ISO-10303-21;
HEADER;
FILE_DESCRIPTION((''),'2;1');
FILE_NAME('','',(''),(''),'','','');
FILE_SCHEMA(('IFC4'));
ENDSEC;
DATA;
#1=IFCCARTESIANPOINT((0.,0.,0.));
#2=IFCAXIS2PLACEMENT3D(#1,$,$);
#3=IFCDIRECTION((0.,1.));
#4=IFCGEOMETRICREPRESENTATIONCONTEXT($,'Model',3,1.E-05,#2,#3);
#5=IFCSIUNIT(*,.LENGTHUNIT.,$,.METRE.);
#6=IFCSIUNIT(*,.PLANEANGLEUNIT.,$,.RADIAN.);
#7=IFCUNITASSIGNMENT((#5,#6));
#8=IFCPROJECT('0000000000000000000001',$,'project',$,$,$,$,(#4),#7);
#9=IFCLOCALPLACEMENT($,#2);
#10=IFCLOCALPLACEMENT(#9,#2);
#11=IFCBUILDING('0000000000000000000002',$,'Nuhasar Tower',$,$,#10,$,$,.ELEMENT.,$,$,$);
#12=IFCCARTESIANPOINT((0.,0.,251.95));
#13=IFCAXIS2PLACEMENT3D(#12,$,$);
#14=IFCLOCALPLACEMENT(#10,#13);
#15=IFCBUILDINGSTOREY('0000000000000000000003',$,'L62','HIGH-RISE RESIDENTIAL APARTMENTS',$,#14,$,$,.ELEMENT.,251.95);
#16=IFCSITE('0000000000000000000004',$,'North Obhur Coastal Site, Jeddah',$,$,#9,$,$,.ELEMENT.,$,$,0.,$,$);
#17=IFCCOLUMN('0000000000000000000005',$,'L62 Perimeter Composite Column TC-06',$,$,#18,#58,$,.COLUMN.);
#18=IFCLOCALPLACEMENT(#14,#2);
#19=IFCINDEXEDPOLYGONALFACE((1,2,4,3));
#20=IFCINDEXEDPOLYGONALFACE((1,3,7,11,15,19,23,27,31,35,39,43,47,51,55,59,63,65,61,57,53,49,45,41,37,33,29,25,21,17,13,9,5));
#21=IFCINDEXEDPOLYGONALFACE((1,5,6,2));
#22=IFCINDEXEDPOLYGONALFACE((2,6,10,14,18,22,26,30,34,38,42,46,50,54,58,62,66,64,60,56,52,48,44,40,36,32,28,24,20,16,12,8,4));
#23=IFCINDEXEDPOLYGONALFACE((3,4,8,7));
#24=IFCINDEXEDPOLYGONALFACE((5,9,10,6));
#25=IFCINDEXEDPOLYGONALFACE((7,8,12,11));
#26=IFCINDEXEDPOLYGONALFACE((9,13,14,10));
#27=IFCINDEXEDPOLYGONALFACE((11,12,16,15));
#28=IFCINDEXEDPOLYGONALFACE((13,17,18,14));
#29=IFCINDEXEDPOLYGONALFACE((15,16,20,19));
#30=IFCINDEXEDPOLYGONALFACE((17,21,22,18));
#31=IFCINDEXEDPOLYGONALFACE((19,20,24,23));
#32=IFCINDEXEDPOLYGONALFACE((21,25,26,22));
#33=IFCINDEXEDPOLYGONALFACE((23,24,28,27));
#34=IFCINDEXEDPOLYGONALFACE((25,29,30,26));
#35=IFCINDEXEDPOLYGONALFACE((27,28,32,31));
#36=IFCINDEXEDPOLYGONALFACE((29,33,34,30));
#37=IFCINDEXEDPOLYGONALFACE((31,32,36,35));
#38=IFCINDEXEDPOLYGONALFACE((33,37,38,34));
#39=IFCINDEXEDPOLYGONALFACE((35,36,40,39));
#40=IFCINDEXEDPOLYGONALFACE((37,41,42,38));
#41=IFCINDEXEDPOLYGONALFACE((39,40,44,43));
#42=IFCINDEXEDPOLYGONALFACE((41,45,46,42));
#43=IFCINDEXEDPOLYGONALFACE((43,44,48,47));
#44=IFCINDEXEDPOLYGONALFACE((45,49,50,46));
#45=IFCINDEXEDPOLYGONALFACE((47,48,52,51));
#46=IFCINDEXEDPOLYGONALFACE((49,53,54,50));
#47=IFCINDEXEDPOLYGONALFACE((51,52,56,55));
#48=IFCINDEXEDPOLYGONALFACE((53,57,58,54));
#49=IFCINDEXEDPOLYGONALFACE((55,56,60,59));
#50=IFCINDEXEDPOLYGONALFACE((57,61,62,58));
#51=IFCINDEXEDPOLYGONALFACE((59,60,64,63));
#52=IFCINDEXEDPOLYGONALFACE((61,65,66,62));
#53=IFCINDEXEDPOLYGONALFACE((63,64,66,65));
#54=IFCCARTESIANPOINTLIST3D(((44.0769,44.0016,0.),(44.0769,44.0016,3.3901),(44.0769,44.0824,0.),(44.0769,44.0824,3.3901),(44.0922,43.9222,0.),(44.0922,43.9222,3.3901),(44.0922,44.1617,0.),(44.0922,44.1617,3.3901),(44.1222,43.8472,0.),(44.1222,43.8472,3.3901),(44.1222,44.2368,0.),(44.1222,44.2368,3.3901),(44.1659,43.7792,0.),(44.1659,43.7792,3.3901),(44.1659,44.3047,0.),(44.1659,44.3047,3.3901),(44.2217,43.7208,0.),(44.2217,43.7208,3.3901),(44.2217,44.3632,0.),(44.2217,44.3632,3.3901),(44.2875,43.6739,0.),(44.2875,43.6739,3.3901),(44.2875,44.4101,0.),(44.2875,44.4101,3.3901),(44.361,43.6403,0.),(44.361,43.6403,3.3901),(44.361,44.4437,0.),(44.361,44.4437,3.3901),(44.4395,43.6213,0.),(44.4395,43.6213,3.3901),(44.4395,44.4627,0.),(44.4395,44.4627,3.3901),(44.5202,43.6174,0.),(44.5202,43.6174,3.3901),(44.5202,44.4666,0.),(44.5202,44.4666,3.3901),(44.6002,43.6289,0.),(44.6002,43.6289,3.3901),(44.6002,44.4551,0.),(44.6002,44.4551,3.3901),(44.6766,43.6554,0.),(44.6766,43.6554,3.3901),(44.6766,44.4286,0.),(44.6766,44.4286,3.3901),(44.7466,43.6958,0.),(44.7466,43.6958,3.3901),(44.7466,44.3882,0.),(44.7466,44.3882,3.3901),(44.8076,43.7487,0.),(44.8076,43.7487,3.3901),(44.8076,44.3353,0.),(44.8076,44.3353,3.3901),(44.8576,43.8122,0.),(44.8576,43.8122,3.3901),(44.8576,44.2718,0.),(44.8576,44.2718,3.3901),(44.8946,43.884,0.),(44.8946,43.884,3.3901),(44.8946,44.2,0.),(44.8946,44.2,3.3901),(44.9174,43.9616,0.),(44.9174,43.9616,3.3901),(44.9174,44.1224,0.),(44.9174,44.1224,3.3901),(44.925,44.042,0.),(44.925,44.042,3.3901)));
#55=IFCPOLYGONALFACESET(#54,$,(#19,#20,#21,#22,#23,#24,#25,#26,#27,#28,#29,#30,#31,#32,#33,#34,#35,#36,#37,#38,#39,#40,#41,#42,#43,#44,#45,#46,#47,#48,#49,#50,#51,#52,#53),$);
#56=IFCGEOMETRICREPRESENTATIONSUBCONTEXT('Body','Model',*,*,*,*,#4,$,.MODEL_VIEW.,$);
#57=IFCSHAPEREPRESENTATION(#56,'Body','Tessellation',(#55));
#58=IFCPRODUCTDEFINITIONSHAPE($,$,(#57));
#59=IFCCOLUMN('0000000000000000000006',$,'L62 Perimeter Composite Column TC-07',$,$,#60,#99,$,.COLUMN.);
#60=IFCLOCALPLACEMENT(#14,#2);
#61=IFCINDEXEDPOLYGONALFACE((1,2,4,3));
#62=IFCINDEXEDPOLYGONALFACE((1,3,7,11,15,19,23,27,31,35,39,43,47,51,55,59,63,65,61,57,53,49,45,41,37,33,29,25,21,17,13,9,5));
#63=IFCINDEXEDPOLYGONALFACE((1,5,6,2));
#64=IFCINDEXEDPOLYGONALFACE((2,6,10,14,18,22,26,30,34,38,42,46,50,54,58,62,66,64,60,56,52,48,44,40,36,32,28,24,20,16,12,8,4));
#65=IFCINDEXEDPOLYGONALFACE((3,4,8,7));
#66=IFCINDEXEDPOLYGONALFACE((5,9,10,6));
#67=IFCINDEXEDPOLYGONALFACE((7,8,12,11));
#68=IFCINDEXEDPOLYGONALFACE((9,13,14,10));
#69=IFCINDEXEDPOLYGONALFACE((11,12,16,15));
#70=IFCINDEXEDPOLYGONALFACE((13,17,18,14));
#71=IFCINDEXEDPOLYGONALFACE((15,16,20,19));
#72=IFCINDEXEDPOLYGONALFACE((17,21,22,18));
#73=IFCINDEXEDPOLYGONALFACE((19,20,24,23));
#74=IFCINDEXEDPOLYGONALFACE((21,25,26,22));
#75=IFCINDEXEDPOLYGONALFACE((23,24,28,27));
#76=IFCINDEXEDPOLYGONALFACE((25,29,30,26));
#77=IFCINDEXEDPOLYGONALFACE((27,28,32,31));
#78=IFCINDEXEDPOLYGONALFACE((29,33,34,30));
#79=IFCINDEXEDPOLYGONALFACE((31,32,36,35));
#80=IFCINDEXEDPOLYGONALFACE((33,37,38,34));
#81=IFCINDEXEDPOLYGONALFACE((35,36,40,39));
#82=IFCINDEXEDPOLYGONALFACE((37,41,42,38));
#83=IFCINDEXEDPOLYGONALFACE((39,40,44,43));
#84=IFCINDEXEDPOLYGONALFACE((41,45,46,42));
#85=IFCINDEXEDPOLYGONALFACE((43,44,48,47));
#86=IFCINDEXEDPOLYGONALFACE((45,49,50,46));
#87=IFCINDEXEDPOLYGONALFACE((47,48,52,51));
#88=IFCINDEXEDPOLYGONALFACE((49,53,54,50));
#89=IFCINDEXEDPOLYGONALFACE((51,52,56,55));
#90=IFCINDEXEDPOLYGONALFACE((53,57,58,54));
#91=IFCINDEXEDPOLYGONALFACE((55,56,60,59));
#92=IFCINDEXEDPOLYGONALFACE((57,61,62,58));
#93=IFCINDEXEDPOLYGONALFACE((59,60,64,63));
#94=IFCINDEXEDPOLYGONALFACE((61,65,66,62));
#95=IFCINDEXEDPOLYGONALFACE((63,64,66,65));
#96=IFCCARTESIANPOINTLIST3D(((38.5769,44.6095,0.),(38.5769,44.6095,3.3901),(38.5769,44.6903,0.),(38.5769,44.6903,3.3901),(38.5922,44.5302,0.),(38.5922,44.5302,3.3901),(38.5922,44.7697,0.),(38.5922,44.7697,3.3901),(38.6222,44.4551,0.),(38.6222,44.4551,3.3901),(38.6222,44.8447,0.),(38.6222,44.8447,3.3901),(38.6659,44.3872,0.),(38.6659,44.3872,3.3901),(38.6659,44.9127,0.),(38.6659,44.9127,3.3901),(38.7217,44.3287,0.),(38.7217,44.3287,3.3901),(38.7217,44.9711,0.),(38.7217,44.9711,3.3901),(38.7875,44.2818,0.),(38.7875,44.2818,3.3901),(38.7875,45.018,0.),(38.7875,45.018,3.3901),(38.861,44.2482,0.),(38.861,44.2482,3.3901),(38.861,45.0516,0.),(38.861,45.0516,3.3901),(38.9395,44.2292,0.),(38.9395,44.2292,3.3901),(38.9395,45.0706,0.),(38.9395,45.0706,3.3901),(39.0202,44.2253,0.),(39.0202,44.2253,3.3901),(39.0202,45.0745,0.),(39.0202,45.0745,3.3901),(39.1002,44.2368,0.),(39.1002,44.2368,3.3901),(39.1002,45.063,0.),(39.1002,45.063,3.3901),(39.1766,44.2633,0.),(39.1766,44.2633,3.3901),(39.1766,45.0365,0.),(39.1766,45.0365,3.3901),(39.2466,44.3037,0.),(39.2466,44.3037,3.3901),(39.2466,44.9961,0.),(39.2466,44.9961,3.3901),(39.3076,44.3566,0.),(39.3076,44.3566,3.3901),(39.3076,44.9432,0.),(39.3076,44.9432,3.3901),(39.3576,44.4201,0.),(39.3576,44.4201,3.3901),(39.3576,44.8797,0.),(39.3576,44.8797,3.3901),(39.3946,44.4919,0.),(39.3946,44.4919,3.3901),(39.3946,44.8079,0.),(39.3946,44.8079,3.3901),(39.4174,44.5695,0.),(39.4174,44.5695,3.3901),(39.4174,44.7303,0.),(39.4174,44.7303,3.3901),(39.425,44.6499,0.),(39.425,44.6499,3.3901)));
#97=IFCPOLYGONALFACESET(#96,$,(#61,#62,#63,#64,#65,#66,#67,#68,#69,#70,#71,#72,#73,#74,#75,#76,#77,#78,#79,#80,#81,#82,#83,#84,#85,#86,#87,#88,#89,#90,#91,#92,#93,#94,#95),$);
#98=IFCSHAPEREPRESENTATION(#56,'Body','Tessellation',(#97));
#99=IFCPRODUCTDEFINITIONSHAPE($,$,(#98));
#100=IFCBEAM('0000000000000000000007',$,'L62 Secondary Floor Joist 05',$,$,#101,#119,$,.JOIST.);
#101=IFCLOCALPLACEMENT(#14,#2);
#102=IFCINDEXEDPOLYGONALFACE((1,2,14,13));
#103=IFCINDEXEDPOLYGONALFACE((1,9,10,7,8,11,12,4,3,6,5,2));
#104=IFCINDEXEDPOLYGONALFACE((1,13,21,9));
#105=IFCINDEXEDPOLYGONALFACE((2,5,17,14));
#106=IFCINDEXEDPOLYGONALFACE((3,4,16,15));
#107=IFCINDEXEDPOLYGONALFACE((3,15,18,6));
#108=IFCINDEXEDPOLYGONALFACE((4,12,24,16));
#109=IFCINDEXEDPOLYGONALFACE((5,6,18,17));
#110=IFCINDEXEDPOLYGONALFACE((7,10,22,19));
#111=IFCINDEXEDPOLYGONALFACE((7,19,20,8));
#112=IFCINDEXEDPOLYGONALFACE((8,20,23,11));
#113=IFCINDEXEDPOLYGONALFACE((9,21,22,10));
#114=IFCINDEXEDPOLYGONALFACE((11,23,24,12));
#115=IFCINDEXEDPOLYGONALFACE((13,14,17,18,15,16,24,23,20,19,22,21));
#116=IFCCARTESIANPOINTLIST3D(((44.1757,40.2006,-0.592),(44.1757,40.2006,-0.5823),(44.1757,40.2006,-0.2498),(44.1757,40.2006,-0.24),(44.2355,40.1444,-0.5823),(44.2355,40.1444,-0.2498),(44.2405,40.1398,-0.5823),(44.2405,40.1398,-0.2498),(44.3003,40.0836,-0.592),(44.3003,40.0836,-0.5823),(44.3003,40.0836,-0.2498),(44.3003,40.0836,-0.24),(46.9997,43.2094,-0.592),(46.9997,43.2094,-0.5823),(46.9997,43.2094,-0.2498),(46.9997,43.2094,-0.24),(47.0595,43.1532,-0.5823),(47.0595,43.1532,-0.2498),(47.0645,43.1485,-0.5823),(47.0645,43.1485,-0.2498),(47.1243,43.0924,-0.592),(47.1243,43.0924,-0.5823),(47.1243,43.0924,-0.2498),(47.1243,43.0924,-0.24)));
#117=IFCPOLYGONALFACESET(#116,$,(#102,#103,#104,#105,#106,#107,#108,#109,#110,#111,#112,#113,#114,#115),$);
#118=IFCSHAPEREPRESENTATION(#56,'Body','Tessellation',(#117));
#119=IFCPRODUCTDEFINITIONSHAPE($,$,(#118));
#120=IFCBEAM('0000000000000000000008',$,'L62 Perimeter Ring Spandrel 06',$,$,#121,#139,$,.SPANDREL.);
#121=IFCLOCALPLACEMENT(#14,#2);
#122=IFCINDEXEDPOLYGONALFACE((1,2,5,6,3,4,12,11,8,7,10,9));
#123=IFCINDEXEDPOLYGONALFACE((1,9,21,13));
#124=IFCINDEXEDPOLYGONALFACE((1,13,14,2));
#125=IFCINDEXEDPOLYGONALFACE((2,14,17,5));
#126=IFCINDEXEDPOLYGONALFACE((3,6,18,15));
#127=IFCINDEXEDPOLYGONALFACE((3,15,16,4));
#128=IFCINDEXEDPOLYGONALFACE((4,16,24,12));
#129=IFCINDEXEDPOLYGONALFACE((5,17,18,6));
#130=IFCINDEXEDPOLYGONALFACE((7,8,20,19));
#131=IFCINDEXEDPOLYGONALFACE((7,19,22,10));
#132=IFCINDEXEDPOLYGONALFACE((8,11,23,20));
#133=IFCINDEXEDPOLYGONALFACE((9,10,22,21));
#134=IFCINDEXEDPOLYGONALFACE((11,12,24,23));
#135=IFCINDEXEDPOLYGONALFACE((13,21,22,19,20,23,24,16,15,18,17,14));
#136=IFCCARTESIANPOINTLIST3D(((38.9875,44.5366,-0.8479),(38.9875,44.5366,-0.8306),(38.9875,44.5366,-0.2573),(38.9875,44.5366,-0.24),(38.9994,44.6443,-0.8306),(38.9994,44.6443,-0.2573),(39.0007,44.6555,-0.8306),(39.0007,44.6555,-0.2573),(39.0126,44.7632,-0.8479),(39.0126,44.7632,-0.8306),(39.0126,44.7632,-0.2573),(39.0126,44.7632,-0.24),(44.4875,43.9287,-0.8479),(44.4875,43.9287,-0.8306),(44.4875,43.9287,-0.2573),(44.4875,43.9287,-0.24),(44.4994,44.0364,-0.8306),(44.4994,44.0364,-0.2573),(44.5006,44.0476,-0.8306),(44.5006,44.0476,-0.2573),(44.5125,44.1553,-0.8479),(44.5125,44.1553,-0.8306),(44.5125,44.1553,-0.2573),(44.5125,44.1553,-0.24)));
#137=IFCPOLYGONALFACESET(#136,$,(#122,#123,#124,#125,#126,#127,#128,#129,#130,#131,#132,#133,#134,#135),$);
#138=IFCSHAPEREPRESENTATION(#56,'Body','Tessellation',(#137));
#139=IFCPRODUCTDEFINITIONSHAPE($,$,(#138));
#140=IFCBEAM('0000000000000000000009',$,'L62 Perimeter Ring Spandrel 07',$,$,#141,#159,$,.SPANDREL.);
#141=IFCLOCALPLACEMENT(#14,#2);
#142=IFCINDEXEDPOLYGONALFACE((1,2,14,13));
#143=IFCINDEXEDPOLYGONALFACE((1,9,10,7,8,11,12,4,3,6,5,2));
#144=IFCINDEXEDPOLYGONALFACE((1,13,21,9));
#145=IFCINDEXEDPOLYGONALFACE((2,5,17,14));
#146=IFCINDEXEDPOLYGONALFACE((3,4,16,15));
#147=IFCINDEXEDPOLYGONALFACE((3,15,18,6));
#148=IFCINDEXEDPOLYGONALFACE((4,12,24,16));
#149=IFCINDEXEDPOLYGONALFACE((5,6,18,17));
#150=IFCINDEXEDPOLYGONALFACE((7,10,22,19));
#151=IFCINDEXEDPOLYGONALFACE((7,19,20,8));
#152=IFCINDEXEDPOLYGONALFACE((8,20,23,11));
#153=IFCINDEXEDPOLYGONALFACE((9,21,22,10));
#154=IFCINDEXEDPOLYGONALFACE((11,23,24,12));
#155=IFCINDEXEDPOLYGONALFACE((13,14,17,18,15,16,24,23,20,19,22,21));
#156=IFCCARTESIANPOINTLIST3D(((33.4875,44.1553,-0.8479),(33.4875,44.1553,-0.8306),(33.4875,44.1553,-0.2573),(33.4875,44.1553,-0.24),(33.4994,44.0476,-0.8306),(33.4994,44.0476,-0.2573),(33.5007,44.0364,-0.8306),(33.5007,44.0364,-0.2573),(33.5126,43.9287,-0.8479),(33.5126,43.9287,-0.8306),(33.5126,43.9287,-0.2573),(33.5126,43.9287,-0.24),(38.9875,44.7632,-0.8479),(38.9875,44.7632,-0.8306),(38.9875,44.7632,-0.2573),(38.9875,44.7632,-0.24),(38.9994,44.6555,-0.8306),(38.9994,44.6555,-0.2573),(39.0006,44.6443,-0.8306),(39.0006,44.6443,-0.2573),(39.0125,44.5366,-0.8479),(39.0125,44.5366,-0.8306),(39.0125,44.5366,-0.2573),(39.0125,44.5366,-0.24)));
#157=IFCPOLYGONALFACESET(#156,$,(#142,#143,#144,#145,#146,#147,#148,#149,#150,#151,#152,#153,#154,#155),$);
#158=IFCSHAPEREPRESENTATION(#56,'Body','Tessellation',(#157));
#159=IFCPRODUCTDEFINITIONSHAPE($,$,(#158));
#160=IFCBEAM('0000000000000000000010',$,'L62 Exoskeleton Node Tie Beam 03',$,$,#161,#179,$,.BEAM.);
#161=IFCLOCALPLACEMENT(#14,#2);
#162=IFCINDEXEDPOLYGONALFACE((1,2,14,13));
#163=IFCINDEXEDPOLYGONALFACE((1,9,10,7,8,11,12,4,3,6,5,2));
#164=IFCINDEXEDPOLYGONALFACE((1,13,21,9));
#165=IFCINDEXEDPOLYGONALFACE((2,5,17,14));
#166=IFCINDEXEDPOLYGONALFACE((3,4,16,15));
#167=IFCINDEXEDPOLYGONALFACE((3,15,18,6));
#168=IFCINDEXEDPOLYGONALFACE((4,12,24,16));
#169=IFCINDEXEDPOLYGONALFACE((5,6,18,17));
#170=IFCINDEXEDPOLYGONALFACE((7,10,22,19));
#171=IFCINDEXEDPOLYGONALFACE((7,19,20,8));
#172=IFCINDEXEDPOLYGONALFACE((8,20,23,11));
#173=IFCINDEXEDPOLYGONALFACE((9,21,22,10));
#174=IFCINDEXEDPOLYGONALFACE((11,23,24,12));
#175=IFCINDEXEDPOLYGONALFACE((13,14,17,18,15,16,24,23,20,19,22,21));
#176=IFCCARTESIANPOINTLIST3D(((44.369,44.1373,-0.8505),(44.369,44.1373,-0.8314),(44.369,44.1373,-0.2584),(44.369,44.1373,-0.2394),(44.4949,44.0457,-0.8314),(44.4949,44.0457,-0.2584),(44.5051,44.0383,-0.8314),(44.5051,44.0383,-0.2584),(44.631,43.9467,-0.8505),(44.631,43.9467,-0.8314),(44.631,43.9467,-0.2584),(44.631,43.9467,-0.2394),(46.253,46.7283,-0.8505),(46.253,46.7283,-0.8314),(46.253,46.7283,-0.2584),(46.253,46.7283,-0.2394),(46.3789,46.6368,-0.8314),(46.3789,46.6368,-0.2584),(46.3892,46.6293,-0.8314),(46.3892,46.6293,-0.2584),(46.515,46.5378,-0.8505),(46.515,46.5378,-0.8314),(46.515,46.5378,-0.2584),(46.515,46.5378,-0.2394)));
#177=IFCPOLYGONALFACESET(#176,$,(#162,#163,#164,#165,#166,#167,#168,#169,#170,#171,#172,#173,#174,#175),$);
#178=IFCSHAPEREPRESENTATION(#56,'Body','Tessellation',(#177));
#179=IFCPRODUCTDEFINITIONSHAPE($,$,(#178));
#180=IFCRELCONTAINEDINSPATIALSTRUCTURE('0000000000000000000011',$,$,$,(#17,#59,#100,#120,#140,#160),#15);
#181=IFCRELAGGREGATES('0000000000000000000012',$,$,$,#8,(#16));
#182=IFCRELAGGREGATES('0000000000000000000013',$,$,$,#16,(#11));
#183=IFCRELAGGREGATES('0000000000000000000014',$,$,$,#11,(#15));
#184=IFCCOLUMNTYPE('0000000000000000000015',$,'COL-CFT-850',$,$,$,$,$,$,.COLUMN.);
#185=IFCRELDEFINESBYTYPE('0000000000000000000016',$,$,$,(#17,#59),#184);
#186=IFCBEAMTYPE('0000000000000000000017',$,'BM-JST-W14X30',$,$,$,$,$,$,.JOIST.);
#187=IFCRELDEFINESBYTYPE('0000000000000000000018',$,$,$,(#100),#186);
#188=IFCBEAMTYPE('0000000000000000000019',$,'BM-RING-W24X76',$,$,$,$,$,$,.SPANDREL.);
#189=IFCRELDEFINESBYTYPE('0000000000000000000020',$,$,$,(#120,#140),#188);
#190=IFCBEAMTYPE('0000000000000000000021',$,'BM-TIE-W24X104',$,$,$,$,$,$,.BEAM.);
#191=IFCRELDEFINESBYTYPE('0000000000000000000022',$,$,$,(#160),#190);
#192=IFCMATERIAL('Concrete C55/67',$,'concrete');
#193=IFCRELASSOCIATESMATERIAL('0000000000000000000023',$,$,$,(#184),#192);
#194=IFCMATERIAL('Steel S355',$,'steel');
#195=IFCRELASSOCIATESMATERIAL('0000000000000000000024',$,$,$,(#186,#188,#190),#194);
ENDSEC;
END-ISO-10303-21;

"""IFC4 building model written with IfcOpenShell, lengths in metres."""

from ifc_helpers import new_model, si_unit, direction, frame, origin, origin_2d, place, context, subcontext, project, spatial, circle, i_section, extrude, material, material_profile, profile_set, type_object, element, save


model = new_model("IFC4")

# Units and contexts
model_context = context("Model", 3, precision=1e-05, world=origin(), true_north=direction((0.0, 1.0)))
body_context = subcontext(model_context, "Body", "Model", "MODEL_VIEW")
ifc_project = project(units=[si_unit("LENGTHUNIT", "METRE"), si_unit("PLANEANGLEUNIT", "RADIAN")], contexts=[model_context])

# Site, building, storey
site_placement = place(None, origin())
site = spatial("IfcSite", under=ifc_project, at=site_placement, Name="North Obhur Coastal Site, Jeddah", CompositionType="ELEMENT", RefElevation=0.0)
building_placement = place(site_placement, origin())
building = spatial("IfcBuilding", under=site, at=building_placement, Name="Nuhasar Tower", CompositionType="ELEMENT")
storey_placement = place(building_placement, frame((0.0, 0.0, 251.95)))
storey = spatial("IfcBuildingStorey", under=building, at=storey_placement, Name="L62", Description="HIGH-RISE RESIDENTIAL APARTMENTS", CompositionType="ELEMENT", Elevation=251.95)

# Columns
ifc_material_1 = material(Name="Concrete C55/67", Category="concrete")
ifc_material_profile_1 = material_profile(ifc_material_1, circle(Radius=0.425, at=origin_2d()), Name="CFT850")
ifc_profile_set_1 = profile_set([ifc_material_profile_1], Name="Concrete C55/67")
column_type = type_object("IfcColumnType", Name="COL-CFT-850", PredefinedType="COLUMN", material=ifc_profile_set_1)
for number, where, z_axis, x_axis, name in (
    (1, (44.5, 44.042, 0.0), (0.0, 0.0, 1.0), (1.0, 0.0, 0.0), "L62 Perimeter Composite Column TC-06"),
    (2, (39.0, 44.6499, 0.0), (0.0, 0.0, 1.0), (1.0, 0.0, 0.0), "L62 Perimeter Composite Column TC-07"),
):
    element("IfcColumn", number, at=place(storey_placement, frame(where, z_axis=z_axis, x_axis=x_axis)), inside=storey, type_object=column_type, Name=name, PredefinedType="COLUMN", context=body_context, shape_type="SweptSolid", body=[
        extrude(circle(Radius=0.425, at=origin_2d()), origin(), (0.0, 0.0, 1.0), 3.3901),
    ])

# Beams
ifc_material_2 = material(Name="Steel S355", Category="steel")
ifc_material_profile_2 = material_profile(ifc_material_2, i_section(OverallWidth=0.1709, OverallDepth=0.3521, WebThickness=0.0068, FlangeThickness=0.0098, at=origin_2d()), Name="W14X30")
ifc_profile_set_2 = profile_set([ifc_material_profile_2], Name="Steel S355")
beam_type_1 = type_object("IfcBeamType", Name="BM-JST-W14X30", PredefinedType="JOIST", material=ifc_profile_set_2)
beam_1_placement = place(storey_placement, frame((44.238, 40.1421, -0.416), z_axis=(0.684358, 0.729146, 0.0), x_axis=(-0.729146, 0.684358, 0.0)))
element("IfcBeam", 3, at=beam_1_placement, inside=storey, type_object=beam_type_1, Name="L62 Secondary Floor Joist 05", PredefinedType="JOIST", context=body_context, shape_type="SweptSolid", body=[
    extrude(i_section(OverallWidth=0.1709, OverallDepth=0.3521, WebThickness=0.0068, FlangeThickness=0.0098, at=origin_2d()), origin(), (0.0, 0.0, 1.0), 4.1265),
])
ifc_material_profile_3 = material_profile(ifc_material_2, i_section(OverallWidth=0.228, OverallDepth=0.6079, WebThickness=0.0112, FlangeThickness=0.0173, at=origin_2d()), Name="W24X76")
ifc_profile_set_3 = profile_set([ifc_material_profile_3], Name="Steel S355")
beam_type_2 = type_object("IfcBeamType", Name="BM-RING-W24X76", PredefinedType="SPANDREL", material=ifc_profile_set_3)
for number, where, z_axis, x_axis, name in (
    (4, (44.5, 44.042, -0.5439), (-0.993947, 0.10986, 0.0), (-0.10986, -0.993947, 0.0), "L62 Perimeter Ring Spandrel 06"),
    (5, (39.0, 44.6499, -0.5439), (-0.993947, -0.10986, 0.0), (0.10986, -0.993947, 0.0), "L62 Perimeter Ring Spandrel 07"),
):
    element("IfcBeam", number, at=place(storey_placement, frame(where, z_axis=z_axis, x_axis=x_axis)), inside=storey, type_object=beam_type_2, Name=name, PredefinedType="SPANDREL", context=body_context, shape_type="SweptSolid", body=[
        extrude(i_section(OverallWidth=0.228, OverallDepth=0.6079, WebThickness=0.0112, FlangeThickness=0.0173, at=origin_2d()), origin(), (0.0, 0.0, 1.0), 5.5334),
    ])
ifc_material_profile_4 = material_profile(ifc_material_2, i_section(OverallWidth=0.324, OverallDepth=0.6111, WebThickness=0.0127, FlangeThickness=0.019, at=origin_2d()), Name="W24X104")
ifc_profile_set_4 = profile_set([ifc_material_profile_4], Name="Steel S355")
beam_type_3 = type_object("IfcBeamType", Name="BM-TIE-W24X104", PredefinedType="BEAM", material=ifc_profile_set_4)
beam_2_placement = place(storey_placement, frame((44.5, 44.042, -0.5449), z_axis=(0.588095, 0.808792, 0.0), x_axis=(-0.808792, 0.588095, 0.0)))
element("IfcBeam", 6, at=beam_2_placement, inside=storey, type_object=beam_type_3, Name="L62 Exoskeleton Node Tie Beam 03", PredefinedType="BEAM", context=body_context, shape_type="SweptSolid", body=[
    extrude(i_section(OverallWidth=0.324, OverallDepth=0.6111, WebThickness=0.0127, FlangeThickness=0.019, at=origin_2d()), origin(), (0.0, 0.0, 1.0), 3.2036),
])

save(model, "model.ifc")
